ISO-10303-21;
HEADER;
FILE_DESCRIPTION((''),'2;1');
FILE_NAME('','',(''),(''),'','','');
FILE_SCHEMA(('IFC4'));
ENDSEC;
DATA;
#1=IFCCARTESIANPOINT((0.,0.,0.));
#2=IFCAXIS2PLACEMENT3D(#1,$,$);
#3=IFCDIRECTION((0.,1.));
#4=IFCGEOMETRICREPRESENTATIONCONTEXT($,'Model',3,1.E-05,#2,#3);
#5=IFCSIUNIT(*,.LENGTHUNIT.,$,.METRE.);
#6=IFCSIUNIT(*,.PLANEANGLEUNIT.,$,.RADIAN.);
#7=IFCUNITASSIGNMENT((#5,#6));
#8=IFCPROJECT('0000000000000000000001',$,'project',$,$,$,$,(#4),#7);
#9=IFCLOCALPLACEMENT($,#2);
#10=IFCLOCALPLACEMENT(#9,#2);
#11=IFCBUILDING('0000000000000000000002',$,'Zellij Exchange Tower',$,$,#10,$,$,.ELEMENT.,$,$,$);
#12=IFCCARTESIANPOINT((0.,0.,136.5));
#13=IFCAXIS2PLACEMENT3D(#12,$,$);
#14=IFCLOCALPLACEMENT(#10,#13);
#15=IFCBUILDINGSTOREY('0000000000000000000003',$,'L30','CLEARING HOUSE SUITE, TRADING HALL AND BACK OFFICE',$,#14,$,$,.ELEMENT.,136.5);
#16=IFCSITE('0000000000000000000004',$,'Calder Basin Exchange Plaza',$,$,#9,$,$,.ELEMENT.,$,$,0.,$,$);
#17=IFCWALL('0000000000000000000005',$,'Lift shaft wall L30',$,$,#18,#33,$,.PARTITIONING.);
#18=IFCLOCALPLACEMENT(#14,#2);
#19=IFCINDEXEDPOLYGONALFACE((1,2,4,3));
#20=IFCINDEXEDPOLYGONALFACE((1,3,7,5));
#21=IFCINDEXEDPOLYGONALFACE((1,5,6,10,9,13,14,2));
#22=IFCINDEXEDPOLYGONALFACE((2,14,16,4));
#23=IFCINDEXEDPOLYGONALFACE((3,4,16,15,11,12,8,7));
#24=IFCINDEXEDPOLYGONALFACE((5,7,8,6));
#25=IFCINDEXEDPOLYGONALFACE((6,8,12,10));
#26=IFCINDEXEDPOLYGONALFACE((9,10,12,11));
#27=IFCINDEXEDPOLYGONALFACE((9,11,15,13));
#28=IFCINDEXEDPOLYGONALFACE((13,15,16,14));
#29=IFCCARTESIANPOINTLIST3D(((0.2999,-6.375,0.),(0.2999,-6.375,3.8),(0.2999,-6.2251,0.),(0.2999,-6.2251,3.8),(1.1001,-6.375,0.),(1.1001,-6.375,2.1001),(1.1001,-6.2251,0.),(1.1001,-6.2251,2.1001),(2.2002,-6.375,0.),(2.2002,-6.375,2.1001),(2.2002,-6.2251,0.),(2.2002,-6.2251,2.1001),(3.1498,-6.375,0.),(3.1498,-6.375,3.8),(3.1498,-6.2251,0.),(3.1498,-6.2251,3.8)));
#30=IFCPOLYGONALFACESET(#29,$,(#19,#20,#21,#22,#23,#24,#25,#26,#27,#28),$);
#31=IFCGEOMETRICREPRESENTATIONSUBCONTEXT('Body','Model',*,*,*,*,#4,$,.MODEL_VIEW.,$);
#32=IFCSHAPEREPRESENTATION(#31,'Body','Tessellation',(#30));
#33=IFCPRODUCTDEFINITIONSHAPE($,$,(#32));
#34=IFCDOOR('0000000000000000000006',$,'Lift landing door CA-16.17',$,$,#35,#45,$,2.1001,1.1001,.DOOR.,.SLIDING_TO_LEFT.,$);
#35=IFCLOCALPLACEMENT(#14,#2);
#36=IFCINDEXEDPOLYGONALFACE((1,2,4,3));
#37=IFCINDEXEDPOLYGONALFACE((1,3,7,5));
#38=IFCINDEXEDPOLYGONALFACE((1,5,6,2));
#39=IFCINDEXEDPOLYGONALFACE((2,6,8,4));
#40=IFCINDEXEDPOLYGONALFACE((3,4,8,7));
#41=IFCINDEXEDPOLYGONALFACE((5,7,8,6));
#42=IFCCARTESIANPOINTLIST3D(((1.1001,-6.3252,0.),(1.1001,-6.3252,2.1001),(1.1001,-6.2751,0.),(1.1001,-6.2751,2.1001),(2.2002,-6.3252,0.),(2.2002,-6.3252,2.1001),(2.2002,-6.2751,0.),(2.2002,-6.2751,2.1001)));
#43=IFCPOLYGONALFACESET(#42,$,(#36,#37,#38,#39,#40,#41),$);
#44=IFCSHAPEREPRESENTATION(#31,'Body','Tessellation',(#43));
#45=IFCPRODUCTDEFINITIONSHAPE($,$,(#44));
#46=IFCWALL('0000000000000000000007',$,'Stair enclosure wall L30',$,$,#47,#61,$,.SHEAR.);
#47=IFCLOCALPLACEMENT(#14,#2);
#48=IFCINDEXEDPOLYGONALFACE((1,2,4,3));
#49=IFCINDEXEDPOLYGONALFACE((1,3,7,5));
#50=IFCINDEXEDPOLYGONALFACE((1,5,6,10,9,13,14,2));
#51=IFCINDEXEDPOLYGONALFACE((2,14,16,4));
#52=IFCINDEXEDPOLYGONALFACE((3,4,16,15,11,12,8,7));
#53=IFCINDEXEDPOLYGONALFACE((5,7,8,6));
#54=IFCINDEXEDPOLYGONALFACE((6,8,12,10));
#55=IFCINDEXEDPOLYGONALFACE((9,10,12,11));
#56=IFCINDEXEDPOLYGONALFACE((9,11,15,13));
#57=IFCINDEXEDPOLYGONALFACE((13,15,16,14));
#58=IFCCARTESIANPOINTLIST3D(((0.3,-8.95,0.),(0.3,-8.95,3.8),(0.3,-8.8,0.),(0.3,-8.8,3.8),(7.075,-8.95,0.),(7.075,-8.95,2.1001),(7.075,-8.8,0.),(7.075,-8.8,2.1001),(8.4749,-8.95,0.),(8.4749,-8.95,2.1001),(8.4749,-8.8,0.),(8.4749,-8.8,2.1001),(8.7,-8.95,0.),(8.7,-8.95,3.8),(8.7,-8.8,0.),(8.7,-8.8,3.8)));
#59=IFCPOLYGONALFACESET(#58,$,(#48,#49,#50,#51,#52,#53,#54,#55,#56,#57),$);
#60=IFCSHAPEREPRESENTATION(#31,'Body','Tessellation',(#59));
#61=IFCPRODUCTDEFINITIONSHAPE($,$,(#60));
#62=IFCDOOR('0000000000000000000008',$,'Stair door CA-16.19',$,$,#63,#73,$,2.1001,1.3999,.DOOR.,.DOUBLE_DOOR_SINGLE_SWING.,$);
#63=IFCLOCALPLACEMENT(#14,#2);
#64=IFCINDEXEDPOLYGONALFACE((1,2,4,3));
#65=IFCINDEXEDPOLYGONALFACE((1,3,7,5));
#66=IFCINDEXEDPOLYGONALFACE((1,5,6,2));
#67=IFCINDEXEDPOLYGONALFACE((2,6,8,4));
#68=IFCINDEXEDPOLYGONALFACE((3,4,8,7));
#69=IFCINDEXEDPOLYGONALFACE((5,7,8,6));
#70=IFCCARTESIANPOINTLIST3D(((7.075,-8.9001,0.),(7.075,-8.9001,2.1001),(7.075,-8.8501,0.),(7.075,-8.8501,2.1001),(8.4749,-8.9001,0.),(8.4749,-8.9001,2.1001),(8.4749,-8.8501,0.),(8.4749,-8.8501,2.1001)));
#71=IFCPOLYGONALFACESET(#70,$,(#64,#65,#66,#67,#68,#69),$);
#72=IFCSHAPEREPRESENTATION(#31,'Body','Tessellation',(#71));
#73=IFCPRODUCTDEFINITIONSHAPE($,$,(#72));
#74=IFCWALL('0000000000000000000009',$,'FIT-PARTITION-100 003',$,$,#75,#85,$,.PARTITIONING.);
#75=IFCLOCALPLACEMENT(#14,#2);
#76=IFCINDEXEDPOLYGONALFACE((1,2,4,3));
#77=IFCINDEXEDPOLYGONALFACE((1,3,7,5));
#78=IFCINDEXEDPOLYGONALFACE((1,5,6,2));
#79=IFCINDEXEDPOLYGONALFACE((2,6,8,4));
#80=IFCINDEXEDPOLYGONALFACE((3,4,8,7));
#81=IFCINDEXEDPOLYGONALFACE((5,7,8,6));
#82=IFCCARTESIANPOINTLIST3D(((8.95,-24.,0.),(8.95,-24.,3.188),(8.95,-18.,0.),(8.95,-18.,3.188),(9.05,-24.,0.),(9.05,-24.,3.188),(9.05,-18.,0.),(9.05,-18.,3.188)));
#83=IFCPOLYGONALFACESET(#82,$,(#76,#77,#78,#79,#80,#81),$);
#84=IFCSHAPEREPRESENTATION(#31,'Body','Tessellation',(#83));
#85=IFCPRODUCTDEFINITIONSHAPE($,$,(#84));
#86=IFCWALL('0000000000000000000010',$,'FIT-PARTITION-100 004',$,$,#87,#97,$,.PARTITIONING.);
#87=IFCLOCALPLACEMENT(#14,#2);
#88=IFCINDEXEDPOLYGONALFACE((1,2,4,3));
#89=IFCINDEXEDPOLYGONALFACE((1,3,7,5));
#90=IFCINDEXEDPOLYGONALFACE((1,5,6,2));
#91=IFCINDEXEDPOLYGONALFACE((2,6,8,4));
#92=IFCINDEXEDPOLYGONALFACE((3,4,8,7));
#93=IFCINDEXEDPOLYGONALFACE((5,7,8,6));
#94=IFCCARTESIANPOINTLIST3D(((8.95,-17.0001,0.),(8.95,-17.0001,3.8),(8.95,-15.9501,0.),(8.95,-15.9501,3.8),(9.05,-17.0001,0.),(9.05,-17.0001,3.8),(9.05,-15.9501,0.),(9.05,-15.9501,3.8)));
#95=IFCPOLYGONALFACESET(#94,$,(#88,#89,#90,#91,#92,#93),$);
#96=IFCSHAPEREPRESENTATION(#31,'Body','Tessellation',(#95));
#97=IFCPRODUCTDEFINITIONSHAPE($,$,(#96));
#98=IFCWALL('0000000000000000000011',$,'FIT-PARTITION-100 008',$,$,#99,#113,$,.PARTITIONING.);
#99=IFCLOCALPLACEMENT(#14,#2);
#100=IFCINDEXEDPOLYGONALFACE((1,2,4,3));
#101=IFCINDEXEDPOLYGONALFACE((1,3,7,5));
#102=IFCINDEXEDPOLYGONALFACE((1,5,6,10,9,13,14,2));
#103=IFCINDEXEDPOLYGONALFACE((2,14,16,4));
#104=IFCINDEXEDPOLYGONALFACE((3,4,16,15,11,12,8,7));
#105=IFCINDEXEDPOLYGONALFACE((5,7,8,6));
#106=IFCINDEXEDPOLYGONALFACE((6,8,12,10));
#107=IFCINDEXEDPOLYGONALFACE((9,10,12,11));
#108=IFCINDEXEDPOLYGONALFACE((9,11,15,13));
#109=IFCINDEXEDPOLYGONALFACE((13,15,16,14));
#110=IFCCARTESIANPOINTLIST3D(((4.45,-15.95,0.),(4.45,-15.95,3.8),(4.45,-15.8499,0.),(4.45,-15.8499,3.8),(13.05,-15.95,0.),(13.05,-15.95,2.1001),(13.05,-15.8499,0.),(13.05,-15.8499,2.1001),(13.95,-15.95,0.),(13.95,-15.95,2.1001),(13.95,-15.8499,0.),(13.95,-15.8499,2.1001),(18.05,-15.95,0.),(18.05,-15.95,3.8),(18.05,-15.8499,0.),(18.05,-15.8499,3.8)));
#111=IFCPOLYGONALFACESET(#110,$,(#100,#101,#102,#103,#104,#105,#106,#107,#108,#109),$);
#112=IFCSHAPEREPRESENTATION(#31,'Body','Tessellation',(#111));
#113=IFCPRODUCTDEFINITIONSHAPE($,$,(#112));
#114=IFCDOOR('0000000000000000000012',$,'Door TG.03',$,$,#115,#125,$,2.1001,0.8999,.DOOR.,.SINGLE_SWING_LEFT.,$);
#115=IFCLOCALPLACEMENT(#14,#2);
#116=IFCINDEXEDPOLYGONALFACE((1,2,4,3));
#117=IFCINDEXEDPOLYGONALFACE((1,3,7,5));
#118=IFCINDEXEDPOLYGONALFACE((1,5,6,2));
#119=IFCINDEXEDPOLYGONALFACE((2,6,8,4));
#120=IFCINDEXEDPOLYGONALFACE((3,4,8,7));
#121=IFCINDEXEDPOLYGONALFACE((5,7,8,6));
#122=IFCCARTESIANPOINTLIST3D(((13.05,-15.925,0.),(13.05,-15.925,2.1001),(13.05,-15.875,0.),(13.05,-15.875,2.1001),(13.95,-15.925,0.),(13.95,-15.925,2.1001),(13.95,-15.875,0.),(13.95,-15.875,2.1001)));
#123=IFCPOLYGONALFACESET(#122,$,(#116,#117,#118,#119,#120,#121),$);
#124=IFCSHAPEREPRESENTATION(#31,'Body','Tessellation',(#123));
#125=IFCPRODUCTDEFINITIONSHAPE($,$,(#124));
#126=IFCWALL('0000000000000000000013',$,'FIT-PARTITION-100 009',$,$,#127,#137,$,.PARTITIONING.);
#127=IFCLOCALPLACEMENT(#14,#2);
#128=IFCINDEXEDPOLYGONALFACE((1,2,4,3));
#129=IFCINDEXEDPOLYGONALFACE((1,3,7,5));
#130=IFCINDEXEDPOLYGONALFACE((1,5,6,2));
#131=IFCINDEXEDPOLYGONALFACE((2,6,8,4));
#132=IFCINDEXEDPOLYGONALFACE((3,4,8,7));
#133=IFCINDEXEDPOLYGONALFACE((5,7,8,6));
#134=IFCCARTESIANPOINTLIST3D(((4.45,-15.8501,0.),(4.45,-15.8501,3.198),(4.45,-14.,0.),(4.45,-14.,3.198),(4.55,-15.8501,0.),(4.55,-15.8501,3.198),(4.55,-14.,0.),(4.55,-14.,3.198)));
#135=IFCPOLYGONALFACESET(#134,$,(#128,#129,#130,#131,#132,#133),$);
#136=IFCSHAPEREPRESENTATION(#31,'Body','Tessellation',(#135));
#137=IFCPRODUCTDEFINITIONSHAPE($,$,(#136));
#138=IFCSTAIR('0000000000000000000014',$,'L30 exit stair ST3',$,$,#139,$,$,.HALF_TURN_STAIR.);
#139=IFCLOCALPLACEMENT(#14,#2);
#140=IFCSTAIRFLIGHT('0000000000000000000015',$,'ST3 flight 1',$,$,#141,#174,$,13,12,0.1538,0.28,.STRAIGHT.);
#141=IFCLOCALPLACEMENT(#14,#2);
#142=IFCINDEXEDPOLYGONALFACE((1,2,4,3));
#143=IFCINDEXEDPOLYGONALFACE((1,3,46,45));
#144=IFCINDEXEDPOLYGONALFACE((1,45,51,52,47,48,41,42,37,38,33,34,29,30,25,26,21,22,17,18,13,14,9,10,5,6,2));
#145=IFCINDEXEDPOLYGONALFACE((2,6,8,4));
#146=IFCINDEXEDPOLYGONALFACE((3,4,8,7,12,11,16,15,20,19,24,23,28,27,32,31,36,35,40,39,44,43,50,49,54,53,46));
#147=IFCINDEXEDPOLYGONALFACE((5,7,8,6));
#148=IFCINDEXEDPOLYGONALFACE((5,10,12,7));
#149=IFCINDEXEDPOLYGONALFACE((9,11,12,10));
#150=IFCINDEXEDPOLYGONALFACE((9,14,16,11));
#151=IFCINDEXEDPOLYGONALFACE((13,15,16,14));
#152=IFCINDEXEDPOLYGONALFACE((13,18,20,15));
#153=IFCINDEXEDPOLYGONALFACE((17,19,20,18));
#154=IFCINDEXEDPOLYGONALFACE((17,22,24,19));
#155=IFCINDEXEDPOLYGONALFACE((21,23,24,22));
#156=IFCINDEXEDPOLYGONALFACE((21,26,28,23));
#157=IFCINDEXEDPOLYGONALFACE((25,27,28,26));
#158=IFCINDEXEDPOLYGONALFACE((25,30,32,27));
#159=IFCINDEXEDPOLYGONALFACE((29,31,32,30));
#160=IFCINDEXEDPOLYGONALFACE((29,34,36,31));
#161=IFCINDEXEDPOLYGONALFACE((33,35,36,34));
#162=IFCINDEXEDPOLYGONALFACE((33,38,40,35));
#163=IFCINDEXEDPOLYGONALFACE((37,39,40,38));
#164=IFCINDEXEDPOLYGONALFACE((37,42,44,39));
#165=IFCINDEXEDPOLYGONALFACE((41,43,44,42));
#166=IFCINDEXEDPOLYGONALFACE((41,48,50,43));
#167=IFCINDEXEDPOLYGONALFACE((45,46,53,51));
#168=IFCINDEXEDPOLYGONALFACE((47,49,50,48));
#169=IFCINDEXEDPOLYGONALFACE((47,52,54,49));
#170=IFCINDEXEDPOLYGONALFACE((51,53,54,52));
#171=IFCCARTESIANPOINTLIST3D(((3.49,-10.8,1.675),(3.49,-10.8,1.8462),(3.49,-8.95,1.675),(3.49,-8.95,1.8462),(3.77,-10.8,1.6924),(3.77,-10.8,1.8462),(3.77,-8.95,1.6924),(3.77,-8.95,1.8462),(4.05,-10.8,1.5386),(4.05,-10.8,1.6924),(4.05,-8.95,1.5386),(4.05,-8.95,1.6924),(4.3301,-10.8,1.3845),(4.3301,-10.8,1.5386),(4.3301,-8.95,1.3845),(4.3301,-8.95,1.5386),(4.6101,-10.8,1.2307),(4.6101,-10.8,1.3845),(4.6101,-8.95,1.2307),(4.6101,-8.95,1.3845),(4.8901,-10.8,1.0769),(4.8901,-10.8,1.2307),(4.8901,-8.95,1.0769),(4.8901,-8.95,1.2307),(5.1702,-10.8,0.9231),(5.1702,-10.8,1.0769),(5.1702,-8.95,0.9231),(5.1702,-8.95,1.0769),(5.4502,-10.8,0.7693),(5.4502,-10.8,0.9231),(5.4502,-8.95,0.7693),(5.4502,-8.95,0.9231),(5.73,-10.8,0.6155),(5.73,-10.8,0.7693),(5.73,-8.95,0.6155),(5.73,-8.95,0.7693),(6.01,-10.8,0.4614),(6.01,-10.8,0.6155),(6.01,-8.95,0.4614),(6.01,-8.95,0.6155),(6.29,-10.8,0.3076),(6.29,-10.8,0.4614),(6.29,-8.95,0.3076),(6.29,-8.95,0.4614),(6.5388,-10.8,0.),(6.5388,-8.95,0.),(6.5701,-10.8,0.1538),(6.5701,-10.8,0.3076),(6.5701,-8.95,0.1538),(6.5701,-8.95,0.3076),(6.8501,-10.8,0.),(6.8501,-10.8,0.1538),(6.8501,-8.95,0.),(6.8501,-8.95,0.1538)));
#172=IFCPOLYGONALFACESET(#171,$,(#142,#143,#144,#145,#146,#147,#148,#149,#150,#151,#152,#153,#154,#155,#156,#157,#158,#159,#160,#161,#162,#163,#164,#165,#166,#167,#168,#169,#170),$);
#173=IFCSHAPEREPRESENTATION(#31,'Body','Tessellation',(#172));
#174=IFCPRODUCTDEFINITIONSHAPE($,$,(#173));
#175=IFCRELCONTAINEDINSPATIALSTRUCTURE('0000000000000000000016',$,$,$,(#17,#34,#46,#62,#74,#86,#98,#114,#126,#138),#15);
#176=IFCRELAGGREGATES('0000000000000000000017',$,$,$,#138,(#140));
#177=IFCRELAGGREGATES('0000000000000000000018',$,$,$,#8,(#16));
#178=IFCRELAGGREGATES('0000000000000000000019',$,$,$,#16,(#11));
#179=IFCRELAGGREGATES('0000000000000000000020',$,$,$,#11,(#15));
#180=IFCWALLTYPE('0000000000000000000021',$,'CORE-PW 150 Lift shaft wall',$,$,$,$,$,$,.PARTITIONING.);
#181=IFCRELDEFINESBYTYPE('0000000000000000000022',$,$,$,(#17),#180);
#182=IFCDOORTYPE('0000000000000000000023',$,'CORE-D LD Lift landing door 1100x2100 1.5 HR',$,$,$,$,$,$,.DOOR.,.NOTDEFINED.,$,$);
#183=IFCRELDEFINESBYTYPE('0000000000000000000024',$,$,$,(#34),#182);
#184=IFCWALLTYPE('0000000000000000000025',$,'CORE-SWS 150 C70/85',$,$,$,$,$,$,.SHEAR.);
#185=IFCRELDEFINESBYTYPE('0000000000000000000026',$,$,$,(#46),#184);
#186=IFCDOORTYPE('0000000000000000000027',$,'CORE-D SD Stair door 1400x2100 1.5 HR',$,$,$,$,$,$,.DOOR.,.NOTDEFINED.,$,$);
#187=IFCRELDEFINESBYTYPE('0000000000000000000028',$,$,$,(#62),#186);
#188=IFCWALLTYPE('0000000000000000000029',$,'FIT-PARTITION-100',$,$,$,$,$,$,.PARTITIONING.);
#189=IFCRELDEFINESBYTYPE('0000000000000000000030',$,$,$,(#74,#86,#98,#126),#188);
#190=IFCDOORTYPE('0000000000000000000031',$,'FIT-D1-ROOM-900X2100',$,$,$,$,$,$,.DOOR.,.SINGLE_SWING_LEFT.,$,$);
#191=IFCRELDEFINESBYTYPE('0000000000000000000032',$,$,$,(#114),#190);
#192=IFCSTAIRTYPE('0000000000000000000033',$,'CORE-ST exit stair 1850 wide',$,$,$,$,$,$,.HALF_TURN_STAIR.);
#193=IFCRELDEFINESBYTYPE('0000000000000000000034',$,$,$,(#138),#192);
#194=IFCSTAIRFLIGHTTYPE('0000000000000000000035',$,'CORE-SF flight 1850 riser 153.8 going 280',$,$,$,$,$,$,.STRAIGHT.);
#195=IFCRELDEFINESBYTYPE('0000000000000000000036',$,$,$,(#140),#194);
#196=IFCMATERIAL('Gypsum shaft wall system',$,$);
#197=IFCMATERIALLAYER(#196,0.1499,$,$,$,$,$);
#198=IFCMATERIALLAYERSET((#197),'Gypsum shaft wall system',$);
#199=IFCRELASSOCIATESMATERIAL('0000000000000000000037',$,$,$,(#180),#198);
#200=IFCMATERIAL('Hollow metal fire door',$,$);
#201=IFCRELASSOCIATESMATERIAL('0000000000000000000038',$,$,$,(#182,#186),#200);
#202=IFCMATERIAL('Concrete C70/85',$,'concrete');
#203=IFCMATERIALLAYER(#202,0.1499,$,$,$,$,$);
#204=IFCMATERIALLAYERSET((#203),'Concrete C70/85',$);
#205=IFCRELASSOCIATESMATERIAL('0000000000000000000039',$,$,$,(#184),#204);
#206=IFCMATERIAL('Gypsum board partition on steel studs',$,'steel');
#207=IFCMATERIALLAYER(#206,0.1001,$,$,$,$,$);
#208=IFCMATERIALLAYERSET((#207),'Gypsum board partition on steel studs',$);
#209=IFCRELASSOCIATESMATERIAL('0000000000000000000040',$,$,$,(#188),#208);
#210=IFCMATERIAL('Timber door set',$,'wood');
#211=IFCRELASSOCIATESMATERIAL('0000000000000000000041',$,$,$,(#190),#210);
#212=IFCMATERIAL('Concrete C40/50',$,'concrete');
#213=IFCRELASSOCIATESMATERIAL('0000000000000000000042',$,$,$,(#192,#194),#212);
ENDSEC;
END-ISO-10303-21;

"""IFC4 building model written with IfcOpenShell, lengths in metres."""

from ifc_helpers import new_model, si_unit, direction, frame, frame_2d, origin, place, context, subcontext, project, spatial, polyline, rectangle, outline, extrude, material, layer, layer_set, type_object, element, fill, aggregate, save


model = new_model("IFC4")

# Units and contexts
model_context = context("Model", 3, precision=1e-05, world=origin(), true_north=direction((0.0, 1.0)))
body_context = subcontext(model_context, "Body", "Model", "MODEL_VIEW")
ifc_project = project(units=[si_unit("LENGTHUNIT", "METRE"), si_unit("PLANEANGLEUNIT", "RADIAN")], contexts=[model_context])

# Site, building, storey
site_placement = place(None, origin())
site = spatial("IfcSite", under=ifc_project, at=site_placement, Name="Calder Basin Exchange Plaza", CompositionType="ELEMENT", RefElevation=0.0)
building_placement = place(site_placement, origin())
building = spatial("IfcBuilding", under=site, at=building_placement, Name="Zellij Exchange Tower", CompositionType="ELEMENT")
storey_placement = place(building_placement, frame((0.0, 0.0, 136.5)))
storey = spatial("IfcBuildingStorey", under=building, at=storey_placement, Name="L30", Description="CLEARING HOUSE SUITE, TRADING HALL AND BACK OFFICE", CompositionType="ELEMENT", Elevation=136.5)

# Shared definitions
ifc_material_1 = material(Name="Concrete C70/85", Category="concrete")

# Shared definitions
ifc_material_2 = material(Name="Gypsum shaft wall system")
ifc_material_3 = material(Name="Hollow metal fire door")

# Shared definitions
ifc_layer_1 = layer(ifc_material_2, 0.1499)
ifc_layer_set_1 = layer_set([ifc_layer_1], Name="Gypsum shaft wall system")
wall_type_1 = type_object("IfcWallType", Name="CORE-PW 150 Lift shaft wall", PredefinedType="PARTITIONING", material=ifc_layer_set_1)

# Walls, openings, doors
wall_1_placement = place(storey_placement, frame((0.3, -6.3, 0.0), z_axis=(0.0, 0.0, 1.0), x_axis=(1.0, 0.0, 0.0)))
wall_1 = element("IfcWall", 1, at=wall_1_placement, inside=storey, type_object=wall_type_1, Name="Lift shaft wall L30", PredefinedType="PARTITIONING", context=body_context, shape_type="SweptSolid", body=[
    extrude(rectangle(XDim=2.8499, YDim=0.1499, at=frame_2d((1.4248, 0.0))), origin(), (0.0, 0.0, 1.0), 3.8),
])
opening_1_placement = place(wall_1_placement, frame((0.8, 0.0, 0.0)))
opening_1 = element("IfcOpeningElement", 2, at=opening_1_placement, cuts=wall_1, PredefinedType="OPENING", context=body_context, shape_type="SweptSolid", body=[
    extrude(rectangle(XDim=1.1001, YDim=2.1001, at=frame_2d((0.55, 1.05))), frame((0.0, 0.0869, 0.0), z_axis=(0.0, -1.0, 0.0), x_axis=(1.0, 0.0, 0.0)), (0.0, 0.0, 1.0), 0.1738),
])
door_type_1 = type_object("IfcDoorType", Name="CORE-D LD Lift landing door 1100x2100 1.5 HR", OperationType="NOTDEFINED", PredefinedType="DOOR", material=ifc_material_3)
door_1_placement = place(opening_1_placement, origin())
door_1 = element("IfcDoor", 3, at=door_1_placement, inside=storey, type_object=door_type_1, Name="Lift landing door CA-16.17", OperationType="SLIDING_TO_LEFT", OverallHeight=2.1001, OverallWidth=1.1001, PredefinedType="DOOR", context=body_context, shape_type="SweptSolid", body=[
    extrude(rectangle(XDim=1.1001, YDim=2.1001, at=frame_2d((0.55, 1.05))), frame((0.0, 0.0249, 0.0), z_axis=(0.0, -1.0, 0.0), x_axis=(1.0, 0.0, 0.0)), (0.0, 0.0, 1.0), 0.05),
])
fill(opening_1, door_1)
ifc_layer_2 = layer(ifc_material_1, 0.1499)
ifc_layer_set_2 = layer_set([ifc_layer_2], Name="Concrete C70/85")
wall_type_2 = type_object("IfcWallType", Name="CORE-SWS 150 C70/85", PredefinedType="SHEAR", material=ifc_layer_set_2)
wall_2_placement = place(storey_placement, frame((0.3, -8.875, 0.0), z_axis=(0.0, 0.0, 1.0), x_axis=(1.0, 0.0, 0.0)))
wall_2 = element("IfcWall", 4, at=wall_2_placement, inside=storey, type_object=wall_type_2, Name="Stair enclosure wall L30", PredefinedType="SHEAR", context=body_context, shape_type="SweptSolid", body=[
    extrude(rectangle(XDim=8.3999, YDim=0.1499, at=frame_2d((4.2, 0.0))), origin(), (0.0, 0.0, 1.0), 3.8),
])
opening_2_placement = place(wall_2_placement, frame((6.7749, 0.0, 0.0)))
opening_2 = element("IfcOpeningElement", 5, at=opening_2_placement, cuts=wall_2, PredefinedType="OPENING", context=body_context, shape_type="SweptSolid", body=[
    extrude(rectangle(XDim=1.3999, YDim=2.1001, at=frame_2d((0.7, 1.05))), frame((0.0, 0.0869, 0.0), z_axis=(0.0, -1.0, 0.0), x_axis=(1.0, 0.0, 0.0)), (0.0, 0.0, 1.0), 0.1738),
])
door_type_2 = type_object("IfcDoorType", Name="CORE-D SD Stair door 1400x2100 1.5 HR", OperationType="NOTDEFINED", PredefinedType="DOOR", material=ifc_material_3)
door_2_placement = place(opening_2_placement, origin())
door_2 = element("IfcDoor", 6, at=door_2_placement, inside=storey, type_object=door_type_2, Name="Stair door CA-16.19", OperationType="DOUBLE_DOOR_SINGLE_SWING", OverallHeight=2.1001, OverallWidth=1.3999, PredefinedType="DOOR", context=body_context, shape_type="SweptSolid", body=[
    extrude(rectangle(XDim=1.3999, YDim=2.1001, at=frame_2d((0.7, 1.05))), frame((0.0, 0.0249, 0.0), z_axis=(0.0, -1.0, 0.0), x_axis=(1.0, 0.0, 0.0)), (0.0, 0.0, 1.0), 0.05),
])
fill(opening_2, door_2)

# Walls
ifc_material_4 = material(Name="Gypsum board partition on steel studs", Category="steel")
ifc_layer_3 = layer(ifc_material_4, 0.1001)
ifc_layer_set_3 = layer_set([ifc_layer_3], Name="Gypsum board partition on steel studs")
wall_type_3 = type_object("IfcWallType", Name="FIT-PARTITION-100", PredefinedType="PARTITIONING", material=ifc_layer_set_3)
wall_3_placement = place(storey_placement, frame((9.0, -24.0, 0.0), z_axis=(0.0, 0.0, 1.0), x_axis=(0.0, 1.0, 0.0)))
element("IfcWall", 7, at=wall_3_placement, inside=storey, type_object=wall_type_3, Name="FIT-PARTITION-100 003", PredefinedType="PARTITIONING", context=body_context, shape_type="SweptSolid", body=[
    extrude(rectangle(XDim=6.0, YDim=0.1001, at=frame_2d((3.0, 0.0))), origin(), (0.0, 0.0, 1.0), 3.188),
])
wall_4_placement = place(storey_placement, frame((9.0, -17.0, 0.0), z_axis=(0.0, 0.0, 1.0), x_axis=(0.0, 1.0, 0.0)))
element("IfcWall", 8, at=wall_4_placement, inside=storey, type_object=wall_type_3, Name="FIT-PARTITION-100 004", PredefinedType="PARTITIONING", context=body_context, shape_type="SweptSolid", body=[
    extrude(rectangle(XDim=1.05, YDim=0.1001, at=frame_2d((0.5249, 0.0))), origin(), (0.0, 0.0, 1.0), 3.8),
])

# Wall, opening, door
wall_5_placement = place(storey_placement, frame((4.45, -15.8999, 0.0), z_axis=(0.0, 0.0, 1.0), x_axis=(1.0, 0.0, 0.0)))
wall_5 = element("IfcWall", 9, at=wall_5_placement, inside=storey, type_object=wall_type_3, Name="FIT-PARTITION-100 008", PredefinedType="PARTITIONING", context=body_context, shape_type="SweptSolid", body=[
    extrude(rectangle(XDim=13.6001, YDim=0.1001, at=frame_2d((6.8, 0.0))), origin(), (0.0, 0.0, 1.0), 3.8),
])
opening_3_placement = place(wall_5_placement, frame((8.6001, 0.0, 0.0)))
opening_3 = element("IfcOpeningElement", 10, at=opening_3_placement, cuts=wall_5, PredefinedType="OPENING", context=body_context, shape_type="SweptSolid", body=[
    extrude(rectangle(XDim=0.8999, YDim=2.1001, at=frame_2d((0.45, 1.05))), frame((0.0, 0.062, 0.0), z_axis=(0.0, -1.0, 0.0), x_axis=(1.0, 0.0, 0.0)), (0.0, 0.0, 1.0), 0.124),
])
ifc_material_5 = material(Name="Timber door set", Category="wood")
door_type_3 = type_object("IfcDoorType", Name="FIT-D1-ROOM-900X2100", OperationType="SINGLE_SWING_LEFT", PredefinedType="DOOR", material=ifc_material_5)
door_3_placement = place(opening_3_placement, origin())
door_3 = element("IfcDoor", 11, at=door_3_placement, inside=storey, type_object=door_type_3, Name="Door TG.03", OperationType="SINGLE_SWING_LEFT", OverallHeight=2.1001, OverallWidth=0.8999, PredefinedType="DOOR", context=body_context, shape_type="SweptSolid", body=[
    extrude(rectangle(XDim=0.8999, YDim=2.1001, at=frame_2d((0.45, 1.05))), frame((0.0, 0.0249, 0.0), z_axis=(0.0, -1.0, 0.0), x_axis=(1.0, 0.0, 0.0)), (0.0, 0.0, 1.0), 0.05),
])
fill(opening_3, door_3)

# Wall
wall_6_placement = place(storey_placement, frame((4.5, -15.8501, 0.0), z_axis=(0.0, 0.0, 1.0), x_axis=(0.0, 1.0, 0.0)))
element("IfcWall", 12, at=wall_6_placement, inside=storey, type_object=wall_type_3, Name="FIT-PARTITION-100 009", PredefinedType="PARTITIONING", context=body_context, shape_type="SweptSolid", body=[
    extrude(rectangle(XDim=1.8501, YDim=0.1001, at=frame_2d((0.925, 0.0))), origin(), (0.0, 0.0, 1.0), 3.198),
])

# Stair, stair flight
ifc_material_6 = material(Name="Concrete C40/50", Category="concrete")
stair_type = type_object("IfcStairType", Name="CORE-ST exit stair 1850 wide", PredefinedType="HALF_TURN_STAIR", material=ifc_material_6)
stair_placement = place(storey_placement, origin())
stair = element("IfcStair", 13, at=stair_placement, inside=storey, type_object=stair_type, Name="L30 exit stair ST3", PredefinedType="HALF_TURN_STAIR")
stair_flight_type = type_object("IfcStairFlightType", Name="CORE-SF flight 1850 riser 153.8 going 280", PredefinedType="STRAIGHT", material=ifc_material_6)
stair_flight_1_placement = place(storey_placement, frame((6.8501, -9.875, 0.0), z_axis=(0.0, 0.0, 1.0), x_axis=(-1.0, 0.0, 0.0)))
stair_flight_1 = element("IfcStairFlight", 14, at=stair_flight_1_placement, type_object=stair_flight_type, Name="ST3 flight 1", NumberOfRisers=13, NumberOfTreads=12, PredefinedType="STRAIGHT", RiserHeight=0.1538, TreadLength=0.28, context=body_context, shape_type="SweptSolid", body=[
    extrude(outline(polyline([(0.0, 0.0), (0.0, 0.1538), (0.28, 0.1538), (0.28, 0.3076), (0.5601, 0.3076), (0.5601, 0.4614), (0.8401, 0.4614), (0.8401, 0.6155), (1.1201, 0.6155), (1.1201, 0.7693), (1.3999, 0.7693), (1.3999, 0.9231), (1.6799, 0.9231), (1.6799, 1.0769), (1.96, 1.0769), (1.96, 1.2307), (2.24, 1.2307), (2.24, 1.3845), (2.52, 1.3845), (2.52, 1.5386), (2.8, 1.5386), (2.8, 1.6924), (3.0801, 1.6924), (3.0801, 1.8462), (3.3601, 1.8462), (3.3601, 2.0), (3.3601, 1.675), (0.3113, 0.0), (0.0, 0.0)])), frame((0.0, 0.925, 0.0), z_axis=(0.0, -1.0, 0.0), x_axis=(1.0, 0.0, 0.0)), (0.0, 0.0, 1.0), 1.8501),
])
aggregate(stair, [stair_flight_1])

save(model, "model.ifc")
